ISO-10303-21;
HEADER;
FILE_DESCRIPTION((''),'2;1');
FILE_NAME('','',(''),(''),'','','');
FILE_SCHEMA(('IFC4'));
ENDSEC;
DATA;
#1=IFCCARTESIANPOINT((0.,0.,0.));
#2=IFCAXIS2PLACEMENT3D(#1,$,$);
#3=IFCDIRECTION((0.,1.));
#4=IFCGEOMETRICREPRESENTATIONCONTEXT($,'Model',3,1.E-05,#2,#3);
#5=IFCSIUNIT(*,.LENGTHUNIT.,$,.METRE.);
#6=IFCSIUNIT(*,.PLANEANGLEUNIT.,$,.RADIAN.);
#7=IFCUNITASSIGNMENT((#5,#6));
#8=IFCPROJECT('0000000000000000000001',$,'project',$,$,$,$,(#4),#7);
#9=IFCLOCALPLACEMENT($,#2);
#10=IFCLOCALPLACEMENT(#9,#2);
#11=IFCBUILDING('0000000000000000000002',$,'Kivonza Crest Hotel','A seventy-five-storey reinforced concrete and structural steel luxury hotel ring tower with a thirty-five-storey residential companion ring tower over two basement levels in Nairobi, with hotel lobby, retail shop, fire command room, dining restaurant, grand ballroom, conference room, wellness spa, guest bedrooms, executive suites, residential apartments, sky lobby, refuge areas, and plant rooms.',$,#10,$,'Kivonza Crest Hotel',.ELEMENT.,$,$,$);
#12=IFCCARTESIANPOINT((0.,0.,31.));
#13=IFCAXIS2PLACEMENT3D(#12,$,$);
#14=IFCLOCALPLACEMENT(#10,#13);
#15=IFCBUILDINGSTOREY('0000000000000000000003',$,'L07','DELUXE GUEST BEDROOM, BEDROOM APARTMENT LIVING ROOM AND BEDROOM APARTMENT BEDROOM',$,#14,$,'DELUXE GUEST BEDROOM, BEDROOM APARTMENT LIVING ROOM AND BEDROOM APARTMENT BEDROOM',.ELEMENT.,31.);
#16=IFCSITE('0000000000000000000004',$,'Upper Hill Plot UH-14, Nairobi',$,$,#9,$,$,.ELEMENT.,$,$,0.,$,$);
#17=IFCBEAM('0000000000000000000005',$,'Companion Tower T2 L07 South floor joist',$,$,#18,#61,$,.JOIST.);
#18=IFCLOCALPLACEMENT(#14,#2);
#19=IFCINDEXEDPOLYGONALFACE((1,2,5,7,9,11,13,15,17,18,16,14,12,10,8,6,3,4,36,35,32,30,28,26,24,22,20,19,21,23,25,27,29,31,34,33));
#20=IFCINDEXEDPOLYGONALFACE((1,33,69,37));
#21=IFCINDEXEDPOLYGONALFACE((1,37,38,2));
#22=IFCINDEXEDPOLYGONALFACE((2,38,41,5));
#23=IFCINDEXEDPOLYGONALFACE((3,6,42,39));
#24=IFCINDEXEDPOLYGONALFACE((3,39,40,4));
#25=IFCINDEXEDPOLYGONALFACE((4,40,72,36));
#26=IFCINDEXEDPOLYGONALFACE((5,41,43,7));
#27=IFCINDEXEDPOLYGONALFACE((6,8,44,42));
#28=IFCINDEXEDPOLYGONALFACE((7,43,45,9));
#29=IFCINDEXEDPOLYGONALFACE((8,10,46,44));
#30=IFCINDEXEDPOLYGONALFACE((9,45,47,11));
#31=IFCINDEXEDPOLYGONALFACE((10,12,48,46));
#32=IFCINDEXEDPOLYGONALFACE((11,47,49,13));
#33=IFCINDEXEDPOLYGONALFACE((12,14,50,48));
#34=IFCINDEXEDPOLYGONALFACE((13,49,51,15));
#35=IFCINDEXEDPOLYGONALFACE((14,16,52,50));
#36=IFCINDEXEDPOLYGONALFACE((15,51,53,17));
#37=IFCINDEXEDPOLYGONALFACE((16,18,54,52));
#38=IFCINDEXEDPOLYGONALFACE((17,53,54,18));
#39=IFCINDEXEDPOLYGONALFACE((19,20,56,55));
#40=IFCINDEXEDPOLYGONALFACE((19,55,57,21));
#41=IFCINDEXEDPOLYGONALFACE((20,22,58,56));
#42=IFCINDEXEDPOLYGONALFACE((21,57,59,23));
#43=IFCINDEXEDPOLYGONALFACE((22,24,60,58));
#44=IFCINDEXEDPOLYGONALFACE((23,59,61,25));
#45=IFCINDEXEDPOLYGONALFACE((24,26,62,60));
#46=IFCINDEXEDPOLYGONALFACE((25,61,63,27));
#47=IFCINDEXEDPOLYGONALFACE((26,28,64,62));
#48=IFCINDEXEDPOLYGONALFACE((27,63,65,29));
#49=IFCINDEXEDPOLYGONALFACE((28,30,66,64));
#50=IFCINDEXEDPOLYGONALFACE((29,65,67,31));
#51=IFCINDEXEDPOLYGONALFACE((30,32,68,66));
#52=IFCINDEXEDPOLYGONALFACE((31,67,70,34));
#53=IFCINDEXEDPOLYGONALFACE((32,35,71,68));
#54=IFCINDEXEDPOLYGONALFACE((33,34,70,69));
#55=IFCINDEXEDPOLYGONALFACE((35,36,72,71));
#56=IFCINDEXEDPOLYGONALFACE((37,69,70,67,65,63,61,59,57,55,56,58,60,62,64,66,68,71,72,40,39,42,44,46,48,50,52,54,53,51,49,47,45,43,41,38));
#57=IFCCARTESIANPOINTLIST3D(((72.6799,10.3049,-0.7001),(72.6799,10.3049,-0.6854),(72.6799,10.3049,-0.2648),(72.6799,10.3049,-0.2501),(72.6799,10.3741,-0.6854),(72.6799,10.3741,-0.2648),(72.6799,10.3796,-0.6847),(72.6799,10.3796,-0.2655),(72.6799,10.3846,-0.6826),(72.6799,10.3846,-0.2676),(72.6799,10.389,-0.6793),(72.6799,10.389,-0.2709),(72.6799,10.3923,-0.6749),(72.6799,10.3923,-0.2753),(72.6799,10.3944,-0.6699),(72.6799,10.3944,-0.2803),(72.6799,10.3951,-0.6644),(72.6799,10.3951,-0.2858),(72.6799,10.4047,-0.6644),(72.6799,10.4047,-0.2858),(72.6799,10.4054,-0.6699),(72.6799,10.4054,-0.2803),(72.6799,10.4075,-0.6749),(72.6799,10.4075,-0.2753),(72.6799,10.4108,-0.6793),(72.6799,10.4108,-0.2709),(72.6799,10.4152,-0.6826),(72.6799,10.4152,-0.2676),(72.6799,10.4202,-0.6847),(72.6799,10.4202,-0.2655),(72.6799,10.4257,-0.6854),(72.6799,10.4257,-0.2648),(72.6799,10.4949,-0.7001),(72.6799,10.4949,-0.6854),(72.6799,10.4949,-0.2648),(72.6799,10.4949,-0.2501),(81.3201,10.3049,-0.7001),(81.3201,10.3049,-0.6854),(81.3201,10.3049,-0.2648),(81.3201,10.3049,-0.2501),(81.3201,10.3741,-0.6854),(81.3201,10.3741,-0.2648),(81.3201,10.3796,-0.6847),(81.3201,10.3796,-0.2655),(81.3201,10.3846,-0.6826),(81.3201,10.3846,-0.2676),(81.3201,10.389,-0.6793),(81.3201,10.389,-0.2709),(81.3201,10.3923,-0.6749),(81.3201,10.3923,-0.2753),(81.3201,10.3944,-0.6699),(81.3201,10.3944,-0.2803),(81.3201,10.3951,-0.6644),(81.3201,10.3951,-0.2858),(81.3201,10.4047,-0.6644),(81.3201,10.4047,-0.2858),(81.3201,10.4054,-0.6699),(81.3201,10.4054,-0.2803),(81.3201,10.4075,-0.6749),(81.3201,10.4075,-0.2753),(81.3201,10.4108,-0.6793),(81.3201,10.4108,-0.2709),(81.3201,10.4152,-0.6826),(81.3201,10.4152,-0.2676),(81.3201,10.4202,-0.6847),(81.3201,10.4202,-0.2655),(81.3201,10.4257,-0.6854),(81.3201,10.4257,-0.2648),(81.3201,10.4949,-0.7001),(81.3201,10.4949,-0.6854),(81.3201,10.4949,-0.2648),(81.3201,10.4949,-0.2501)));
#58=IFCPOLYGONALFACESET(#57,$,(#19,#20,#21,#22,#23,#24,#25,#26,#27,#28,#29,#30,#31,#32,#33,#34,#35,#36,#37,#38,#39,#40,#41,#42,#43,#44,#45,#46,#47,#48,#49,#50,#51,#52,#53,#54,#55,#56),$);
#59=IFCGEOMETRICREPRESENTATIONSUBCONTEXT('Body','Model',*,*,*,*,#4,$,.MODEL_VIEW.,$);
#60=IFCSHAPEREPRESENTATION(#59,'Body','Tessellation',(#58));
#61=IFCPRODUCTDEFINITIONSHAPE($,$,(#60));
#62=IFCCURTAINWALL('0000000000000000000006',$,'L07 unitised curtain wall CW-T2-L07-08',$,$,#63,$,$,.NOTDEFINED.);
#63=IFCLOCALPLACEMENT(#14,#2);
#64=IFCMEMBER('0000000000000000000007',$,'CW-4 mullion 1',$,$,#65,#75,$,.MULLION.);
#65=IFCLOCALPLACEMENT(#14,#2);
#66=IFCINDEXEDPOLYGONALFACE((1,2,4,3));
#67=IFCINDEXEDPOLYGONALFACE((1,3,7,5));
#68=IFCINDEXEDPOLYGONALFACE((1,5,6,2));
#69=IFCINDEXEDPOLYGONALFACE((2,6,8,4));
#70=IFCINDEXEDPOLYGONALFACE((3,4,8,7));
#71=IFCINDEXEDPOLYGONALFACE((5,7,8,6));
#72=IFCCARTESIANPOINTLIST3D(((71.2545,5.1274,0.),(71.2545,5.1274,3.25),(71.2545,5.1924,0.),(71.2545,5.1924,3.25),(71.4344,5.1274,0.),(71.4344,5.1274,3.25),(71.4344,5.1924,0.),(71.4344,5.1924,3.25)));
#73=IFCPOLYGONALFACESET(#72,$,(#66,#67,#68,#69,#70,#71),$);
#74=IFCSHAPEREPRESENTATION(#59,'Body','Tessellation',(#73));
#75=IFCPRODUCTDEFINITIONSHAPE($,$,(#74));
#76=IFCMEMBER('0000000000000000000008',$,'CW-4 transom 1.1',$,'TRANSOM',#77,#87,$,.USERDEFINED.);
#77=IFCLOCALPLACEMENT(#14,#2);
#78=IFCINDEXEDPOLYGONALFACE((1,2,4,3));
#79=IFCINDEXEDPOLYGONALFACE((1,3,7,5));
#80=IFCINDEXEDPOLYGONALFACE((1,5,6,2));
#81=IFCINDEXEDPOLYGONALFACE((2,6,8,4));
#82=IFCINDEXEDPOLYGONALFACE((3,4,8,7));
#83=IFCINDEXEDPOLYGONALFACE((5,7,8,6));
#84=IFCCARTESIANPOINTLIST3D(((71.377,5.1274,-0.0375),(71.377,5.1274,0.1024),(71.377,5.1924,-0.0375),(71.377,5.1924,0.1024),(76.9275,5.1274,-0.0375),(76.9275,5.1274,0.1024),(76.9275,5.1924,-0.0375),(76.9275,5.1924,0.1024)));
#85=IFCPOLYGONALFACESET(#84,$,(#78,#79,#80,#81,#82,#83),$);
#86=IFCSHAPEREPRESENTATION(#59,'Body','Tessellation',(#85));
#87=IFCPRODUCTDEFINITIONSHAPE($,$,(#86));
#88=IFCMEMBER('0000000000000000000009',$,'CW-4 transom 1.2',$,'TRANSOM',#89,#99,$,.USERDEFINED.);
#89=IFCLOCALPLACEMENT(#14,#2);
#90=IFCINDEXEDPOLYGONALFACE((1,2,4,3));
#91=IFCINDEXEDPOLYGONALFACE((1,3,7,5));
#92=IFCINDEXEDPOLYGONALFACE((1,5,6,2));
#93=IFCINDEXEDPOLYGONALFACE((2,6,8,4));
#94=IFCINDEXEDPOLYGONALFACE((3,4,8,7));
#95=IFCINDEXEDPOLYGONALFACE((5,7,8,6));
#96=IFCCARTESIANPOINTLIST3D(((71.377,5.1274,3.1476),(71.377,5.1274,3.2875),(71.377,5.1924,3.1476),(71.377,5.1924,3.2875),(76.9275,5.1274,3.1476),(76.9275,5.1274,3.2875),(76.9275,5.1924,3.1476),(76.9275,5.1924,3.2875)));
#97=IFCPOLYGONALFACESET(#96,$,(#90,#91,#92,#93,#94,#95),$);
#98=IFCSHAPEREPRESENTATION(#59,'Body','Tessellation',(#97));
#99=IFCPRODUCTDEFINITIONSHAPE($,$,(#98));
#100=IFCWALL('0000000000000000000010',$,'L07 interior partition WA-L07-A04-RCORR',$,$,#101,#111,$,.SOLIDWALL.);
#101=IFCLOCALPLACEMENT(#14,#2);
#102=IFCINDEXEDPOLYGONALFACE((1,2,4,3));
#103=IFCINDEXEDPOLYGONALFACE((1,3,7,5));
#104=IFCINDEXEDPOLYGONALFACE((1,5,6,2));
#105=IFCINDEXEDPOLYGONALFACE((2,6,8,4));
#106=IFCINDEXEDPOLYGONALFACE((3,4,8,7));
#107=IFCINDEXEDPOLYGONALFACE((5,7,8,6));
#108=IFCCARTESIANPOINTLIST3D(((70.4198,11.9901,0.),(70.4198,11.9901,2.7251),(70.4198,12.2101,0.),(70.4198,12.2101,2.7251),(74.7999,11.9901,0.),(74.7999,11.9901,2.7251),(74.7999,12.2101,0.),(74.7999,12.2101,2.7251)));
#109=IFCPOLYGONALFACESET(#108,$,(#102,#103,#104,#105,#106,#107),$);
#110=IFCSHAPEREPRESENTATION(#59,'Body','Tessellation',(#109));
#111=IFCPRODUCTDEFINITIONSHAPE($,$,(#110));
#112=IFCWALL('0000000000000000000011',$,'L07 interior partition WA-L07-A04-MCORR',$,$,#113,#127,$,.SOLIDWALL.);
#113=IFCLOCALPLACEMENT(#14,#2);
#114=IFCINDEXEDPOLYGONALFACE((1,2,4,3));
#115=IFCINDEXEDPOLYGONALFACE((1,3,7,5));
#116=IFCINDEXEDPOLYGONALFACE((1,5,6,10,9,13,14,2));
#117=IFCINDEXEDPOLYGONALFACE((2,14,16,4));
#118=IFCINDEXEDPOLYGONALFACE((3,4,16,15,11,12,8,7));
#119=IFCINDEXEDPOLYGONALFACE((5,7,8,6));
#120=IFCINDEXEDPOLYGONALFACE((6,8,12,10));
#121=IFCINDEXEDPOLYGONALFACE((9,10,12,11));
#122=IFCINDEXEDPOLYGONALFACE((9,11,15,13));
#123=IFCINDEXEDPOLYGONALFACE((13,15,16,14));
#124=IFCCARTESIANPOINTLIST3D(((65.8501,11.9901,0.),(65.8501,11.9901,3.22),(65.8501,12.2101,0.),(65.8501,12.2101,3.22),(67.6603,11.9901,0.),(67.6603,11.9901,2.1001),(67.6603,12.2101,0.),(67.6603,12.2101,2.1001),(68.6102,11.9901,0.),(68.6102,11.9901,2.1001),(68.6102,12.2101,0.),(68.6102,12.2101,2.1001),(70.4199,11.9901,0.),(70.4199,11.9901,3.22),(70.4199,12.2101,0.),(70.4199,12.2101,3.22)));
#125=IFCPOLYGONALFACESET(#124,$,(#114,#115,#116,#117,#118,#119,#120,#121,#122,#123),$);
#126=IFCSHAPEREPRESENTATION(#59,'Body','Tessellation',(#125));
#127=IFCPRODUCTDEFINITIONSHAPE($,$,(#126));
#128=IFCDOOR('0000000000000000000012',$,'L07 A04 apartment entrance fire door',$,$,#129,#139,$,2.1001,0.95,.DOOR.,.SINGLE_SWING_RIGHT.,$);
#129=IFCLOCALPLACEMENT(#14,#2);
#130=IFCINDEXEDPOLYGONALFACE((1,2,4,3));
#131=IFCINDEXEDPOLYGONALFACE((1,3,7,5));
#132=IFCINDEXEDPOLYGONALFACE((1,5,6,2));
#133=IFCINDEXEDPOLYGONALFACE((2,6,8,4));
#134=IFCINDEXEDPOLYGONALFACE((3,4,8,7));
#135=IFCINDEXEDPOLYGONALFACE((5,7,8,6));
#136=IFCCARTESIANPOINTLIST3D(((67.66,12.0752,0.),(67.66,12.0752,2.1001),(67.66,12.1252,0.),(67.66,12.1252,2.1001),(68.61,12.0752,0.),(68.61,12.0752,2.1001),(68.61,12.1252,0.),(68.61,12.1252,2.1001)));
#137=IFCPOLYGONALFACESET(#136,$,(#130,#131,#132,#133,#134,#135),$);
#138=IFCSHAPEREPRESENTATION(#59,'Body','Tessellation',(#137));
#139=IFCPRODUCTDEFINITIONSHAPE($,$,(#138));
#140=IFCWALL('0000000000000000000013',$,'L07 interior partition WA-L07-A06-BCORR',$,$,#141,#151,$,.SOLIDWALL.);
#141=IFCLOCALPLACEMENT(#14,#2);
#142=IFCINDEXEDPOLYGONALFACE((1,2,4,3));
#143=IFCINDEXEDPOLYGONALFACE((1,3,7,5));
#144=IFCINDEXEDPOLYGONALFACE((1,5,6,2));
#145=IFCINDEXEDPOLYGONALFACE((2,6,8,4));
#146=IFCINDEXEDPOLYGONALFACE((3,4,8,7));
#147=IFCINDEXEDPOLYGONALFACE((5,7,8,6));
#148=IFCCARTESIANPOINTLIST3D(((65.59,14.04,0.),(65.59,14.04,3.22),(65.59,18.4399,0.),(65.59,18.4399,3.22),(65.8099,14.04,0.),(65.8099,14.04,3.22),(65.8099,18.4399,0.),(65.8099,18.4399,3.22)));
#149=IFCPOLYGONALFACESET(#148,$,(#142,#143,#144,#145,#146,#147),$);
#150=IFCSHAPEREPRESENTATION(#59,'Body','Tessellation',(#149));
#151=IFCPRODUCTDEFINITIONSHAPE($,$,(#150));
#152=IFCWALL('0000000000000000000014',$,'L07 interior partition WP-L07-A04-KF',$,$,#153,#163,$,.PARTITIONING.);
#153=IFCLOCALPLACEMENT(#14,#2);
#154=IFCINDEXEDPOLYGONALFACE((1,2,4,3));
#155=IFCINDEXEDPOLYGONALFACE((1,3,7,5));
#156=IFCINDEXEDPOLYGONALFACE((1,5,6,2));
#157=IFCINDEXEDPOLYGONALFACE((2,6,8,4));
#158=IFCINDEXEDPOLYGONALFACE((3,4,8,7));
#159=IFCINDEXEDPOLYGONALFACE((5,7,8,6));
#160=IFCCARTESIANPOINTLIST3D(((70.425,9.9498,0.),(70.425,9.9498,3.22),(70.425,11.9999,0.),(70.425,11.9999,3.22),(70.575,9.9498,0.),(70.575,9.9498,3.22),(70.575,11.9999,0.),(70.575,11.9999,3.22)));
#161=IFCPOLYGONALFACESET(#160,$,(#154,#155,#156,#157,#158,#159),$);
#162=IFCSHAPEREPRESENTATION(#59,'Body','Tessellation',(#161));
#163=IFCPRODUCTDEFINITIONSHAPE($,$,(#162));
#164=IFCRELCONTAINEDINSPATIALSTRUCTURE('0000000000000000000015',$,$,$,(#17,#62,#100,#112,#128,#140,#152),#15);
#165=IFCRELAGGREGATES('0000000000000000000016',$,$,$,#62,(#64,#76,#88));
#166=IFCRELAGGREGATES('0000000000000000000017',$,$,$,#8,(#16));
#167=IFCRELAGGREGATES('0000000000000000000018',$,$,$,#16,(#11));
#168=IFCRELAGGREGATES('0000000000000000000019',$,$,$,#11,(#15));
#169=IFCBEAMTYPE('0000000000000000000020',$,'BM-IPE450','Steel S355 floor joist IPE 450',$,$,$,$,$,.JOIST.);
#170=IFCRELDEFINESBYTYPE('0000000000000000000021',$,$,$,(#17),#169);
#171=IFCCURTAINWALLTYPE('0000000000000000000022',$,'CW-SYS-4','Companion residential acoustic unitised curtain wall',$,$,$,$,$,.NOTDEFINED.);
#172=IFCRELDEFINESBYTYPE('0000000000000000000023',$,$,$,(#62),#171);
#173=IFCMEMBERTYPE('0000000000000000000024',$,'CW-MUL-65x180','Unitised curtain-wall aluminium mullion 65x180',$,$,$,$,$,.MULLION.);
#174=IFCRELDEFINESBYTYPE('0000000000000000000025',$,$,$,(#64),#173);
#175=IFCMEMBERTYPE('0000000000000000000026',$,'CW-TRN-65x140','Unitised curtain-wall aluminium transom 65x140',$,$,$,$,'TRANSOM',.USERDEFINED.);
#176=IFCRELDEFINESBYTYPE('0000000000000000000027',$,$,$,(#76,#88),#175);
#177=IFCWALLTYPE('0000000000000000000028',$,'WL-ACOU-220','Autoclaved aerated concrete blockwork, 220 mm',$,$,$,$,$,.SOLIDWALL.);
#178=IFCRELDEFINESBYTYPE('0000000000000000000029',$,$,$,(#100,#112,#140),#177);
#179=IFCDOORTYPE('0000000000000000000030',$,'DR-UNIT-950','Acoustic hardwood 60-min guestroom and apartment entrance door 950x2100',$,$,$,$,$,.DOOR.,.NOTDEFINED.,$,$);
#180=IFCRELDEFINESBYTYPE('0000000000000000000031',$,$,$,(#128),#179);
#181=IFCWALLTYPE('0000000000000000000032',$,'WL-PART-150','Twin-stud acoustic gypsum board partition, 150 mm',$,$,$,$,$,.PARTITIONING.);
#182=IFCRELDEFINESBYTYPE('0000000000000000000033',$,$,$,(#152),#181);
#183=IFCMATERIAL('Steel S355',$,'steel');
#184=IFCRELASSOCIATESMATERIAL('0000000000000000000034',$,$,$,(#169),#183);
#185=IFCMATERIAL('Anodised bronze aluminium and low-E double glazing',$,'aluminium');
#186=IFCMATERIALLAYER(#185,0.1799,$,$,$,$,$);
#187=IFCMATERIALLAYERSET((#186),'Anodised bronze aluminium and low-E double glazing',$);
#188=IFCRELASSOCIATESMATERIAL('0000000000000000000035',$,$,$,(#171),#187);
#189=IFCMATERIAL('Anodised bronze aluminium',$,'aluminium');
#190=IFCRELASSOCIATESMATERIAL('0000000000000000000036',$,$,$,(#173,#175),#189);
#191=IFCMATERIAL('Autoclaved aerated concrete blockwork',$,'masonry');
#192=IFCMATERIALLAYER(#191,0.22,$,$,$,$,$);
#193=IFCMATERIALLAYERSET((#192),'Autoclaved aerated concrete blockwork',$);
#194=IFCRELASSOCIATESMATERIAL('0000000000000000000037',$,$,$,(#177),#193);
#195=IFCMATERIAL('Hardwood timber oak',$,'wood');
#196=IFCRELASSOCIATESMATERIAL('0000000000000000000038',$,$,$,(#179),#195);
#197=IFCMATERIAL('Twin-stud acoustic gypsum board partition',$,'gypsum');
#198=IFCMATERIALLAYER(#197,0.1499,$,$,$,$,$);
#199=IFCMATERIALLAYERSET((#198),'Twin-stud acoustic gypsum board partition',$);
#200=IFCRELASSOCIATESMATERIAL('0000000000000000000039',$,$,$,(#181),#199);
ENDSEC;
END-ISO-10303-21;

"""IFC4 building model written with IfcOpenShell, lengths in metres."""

from ifc_helpers import new_model, si_unit, direction, frame, frame_2d, origin, origin_2d, place, context, subcontext, project, spatial, rectangle, i_section, extrude, material, layer, layer_set, material_profile, profile_set, type_object, element, fill, aggregate, save


model = new_model("IFC4")

# Units and contexts
model_context = context("Model", 3, precision=1e-05, world=origin(), true_north=direction((0.0, 1.0)))
body_context = subcontext(model_context, "Body", "Model", "MODEL_VIEW")
ifc_project = project(units=[si_unit("LENGTHUNIT", "METRE"), si_unit("PLANEANGLEUNIT", "RADIAN")], contexts=[model_context])

# Site, building, storey
site_placement = place(None, origin())
site = spatial("IfcSite", under=ifc_project, at=site_placement, Name="Upper Hill Plot UH-14, Nairobi", CompositionType="ELEMENT", RefElevation=0.0)
building_placement = place(site_placement, origin())
building = spatial("IfcBuilding", under=site, at=building_placement, Name="Kivonza Crest Hotel", Description="A seventy-five-storey reinforced concrete and structural steel luxury hotel ring tower with a thirty-five-storey residential companion ring tower over two basement levels in Nairobi, with hotel lobby, retail shop, fire command room, dining restaurant, grand ballroom, conference room, wellness spa, guest bedrooms, executive suites, residential apartments, sky lobby, refuge areas, and plant rooms.", LongName="Kivonza Crest Hotel", CompositionType="ELEMENT")
storey_placement = place(building_placement, frame((0.0, 0.0, 31.0)))
storey = spatial("IfcBuildingStorey", under=building, at=storey_placement, Name="L07", Description="DELUXE GUEST BEDROOM, BEDROOM APARTMENT LIVING ROOM AND BEDROOM APARTMENT BEDROOM", LongName="DELUXE GUEST BEDROOM, BEDROOM APARTMENT LIVING ROOM AND BEDROOM APARTMENT BEDROOM", CompositionType="ELEMENT", Elevation=31.0)

# Beam
ifc_material_1 = material(Name="Steel S355", Category="steel")
ifc_material_profile_1 = material_profile(ifc_material_1, i_section(OverallWidth=0.1899, OverallDepth=0.45, WebThickness=0.0095, FlangeThickness=0.0146, FilletRadius=0.021, at=origin_2d()), Name="IPE 450")
ifc_profile_set_1 = profile_set([ifc_material_profile_1], Name="Steel S355")
beam_type_1 = type_object("IfcBeamType", Name="BM-IPE450", Description="Steel S355 floor joist IPE 450", PredefinedType="JOIST", material=ifc_profile_set_1)
beam_1_placement = place(storey_placement, frame((72.6799, 10.3999, -0.4751), z_axis=(1.0, 0.0, 0.0), x_axis=(0.0, 1.0, 0.0)))
element("IfcBeam", 1, at=beam_1_placement, inside=storey, type_object=beam_type_1, Name="Companion Tower T2 L07 South floor joist", PredefinedType="JOIST", context=body_context, shape_type="SweptSolid", body=[
    extrude(i_section(OverallWidth=0.1899, OverallDepth=0.45, WebThickness=0.0095, FlangeThickness=0.0146, FilletRadius=0.021, at=origin_2d()), origin(), (0.0, 0.0, 1.0), 8.6401),
])

# Curtain wall, members
ifc_material_2 = material(Name="Anodised bronze aluminium and low-E double glazing", Category="aluminium")
ifc_layer_1 = layer(ifc_material_2, 0.1799)
ifc_layer_set_1 = layer_set([ifc_layer_1], Name="Anodised bronze aluminium and low-E double glazing")
curtain_wall_type = type_object("IfcCurtainWallType", Name="CW-SYS-4", Description="Companion residential acoustic unitised curtain wall", PredefinedType="NOTDEFINED", material=ifc_layer_set_1)
curtain_wall_placement = place(storey_placement, origin())
curtain_wall = element("IfcCurtainWall", 2, at=curtain_wall_placement, inside=storey, type_object=curtain_wall_type, Name="L07 unitised curtain wall CW-T2-L07-08", PredefinedType="NOTDEFINED")
ifc_material_3 = material(Name="Anodised bronze aluminium", Category="aluminium")
ifc_material_profile_2 = material_profile(ifc_material_3, rectangle(XDim=0.0649, YDim=0.1799, at=origin_2d()), Name="CW-M 65x180")
ifc_profile_set_2 = profile_set([ifc_material_profile_2], Name="Anodised bronze aluminium")
member_type_1 = type_object("IfcMemberType", Name="CW-MUL-65x180", Description="Unitised curtain-wall aluminium mullion 65x180", PredefinedType="MULLION", material=ifc_profile_set_2)
member_1_placement = place(storey_placement, frame((71.3445, 5.1599, 0.0), z_axis=(0.0, 0.0, 1.0), x_axis=(0.0, 1.0, 0.0)))
member_1 = element("IfcMember", 3, at=member_1_placement, type_object=member_type_1, Name="CW-4 mullion 1", PredefinedType="MULLION", context=body_context, shape_type="SweptSolid", body=[
    extrude(rectangle(XDim=0.0649, YDim=0.1799, at=origin_2d()), origin(), (0.0, 0.0, 1.0), 3.25),
])
ifc_material_profile_3 = material_profile(ifc_material_3, rectangle(XDim=0.0649, YDim=0.1399, at=origin_2d()), Name="CW-T 65x140")
ifc_profile_set_3 = profile_set([ifc_material_profile_3], Name="Anodised bronze aluminium")
member_type_2 = type_object("IfcMemberType", Name="CW-TRN-65x140", Description="Unitised curtain-wall aluminium transom 65x140", ElementType="TRANSOM", PredefinedType="USERDEFINED", material=ifc_profile_set_3)
member_2_placement = place(storey_placement, frame((71.377, 5.1599, 0.0325), z_axis=(1.0, 0.0, 0.0), x_axis=(0.0, 1.0, 0.0)))
member_2 = element("IfcMember", 4, at=member_2_placement, type_object=member_type_2, Name="CW-4 transom 1.1", ObjectType="TRANSOM", PredefinedType="USERDEFINED", context=body_context, shape_type="SweptSolid", body=[
    extrude(rectangle(XDim=0.0649, YDim=0.1399, at=origin_2d()), origin(), (0.0, 0.0, 1.0), 5.5505),
])
member_3_placement = place(storey_placement, frame((71.377, 5.1599, 3.2175), z_axis=(1.0, 0.0, 0.0), x_axis=(0.0, 1.0, 0.0)))
member_3 = element("IfcMember", 5, at=member_3_placement, type_object=member_type_2, Name="CW-4 transom 1.2", ObjectType="TRANSOM", PredefinedType="USERDEFINED", context=body_context, shape_type="SweptSolid", body=[
    extrude(rectangle(XDim=0.0649, YDim=0.1399, at=origin_2d()), origin(), (0.0, 0.0, 1.0), 5.5505),
])
aggregate(curtain_wall, [member_1, member_2, member_3])

# Wall
ifc_material_4 = material(Name="Autoclaved aerated concrete blockwork", Category="masonry")
ifc_layer_2 = layer(ifc_material_4, 0.22)
ifc_layer_set_2 = layer_set([ifc_layer_2], Name="Autoclaved aerated concrete blockwork")
wall_type_1 = type_object("IfcWallType", Name="WL-ACOU-220", Description="Autoclaved aerated concrete blockwork, 220 mm", PredefinedType="SOLIDWALL", material=ifc_layer_set_2)
wall_1_placement = place(storey_placement, frame((70.4199, 12.1001, 0.0), z_axis=(0.0, 0.0, 1.0), x_axis=(1.0, 0.0, 0.0)))
element("IfcWall", 6, at=wall_1_placement, inside=storey, type_object=wall_type_1, Name="L07 interior partition WA-L07-A04-RCORR", PredefinedType="SOLIDWALL", context=body_context, shape_type="SweptSolid", body=[
    extrude(rectangle(XDim=4.3801, YDim=0.22, at=frame_2d((2.1899, 0.0))), origin(), (0.0, 0.0, 1.0), 2.7251),
])

# Wall, opening, door
wall_2_placement = place(storey_placement, frame((65.8501, 12.1001, 0.0), z_axis=(0.0, 0.0, 1.0), x_axis=(1.0, 0.0, 0.0)))
wall_2 = element("IfcWall", 7, at=wall_2_placement, inside=storey, type_object=wall_type_1, Name="L07 interior partition WA-L07-A04-MCORR", PredefinedType="SOLIDWALL", context=body_context, shape_type="SweptSolid", body=[
    extrude(rectangle(XDim=4.5698, YDim=0.22, at=frame_2d((2.2849, 0.0))), origin(), (0.0, 0.0, 1.0), 3.22),
])
opening_1_placement = place(wall_2_placement, frame((1.8101, 0.0, 0.0)))
opening_1 = element("IfcOpeningElement", 8, at=opening_1_placement, cuts=wall_2, PredefinedType="OPENING", context=body_context, shape_type="SweptSolid", body=[
    extrude(rectangle(XDim=0.95, YDim=2.1001, at=frame_2d((0.4751, 1.05))), frame((0.0, 0.1201, 0.0), z_axis=(0.0, -1.0, 0.0), x_axis=(1.0, 0.0, 0.0)), (0.0, 0.0, 1.0), 0.24),
])
ifc_material_5 = material(Name="Hardwood timber oak", Category="wood")
door_type_1 = type_object("IfcDoorType", Name="DR-UNIT-950", Description="Acoustic hardwood 60-min guestroom and apartment entrance door 950x2100", OperationType="NOTDEFINED", PredefinedType="DOOR", material=ifc_material_5)
door_1_placement = place(opening_1_placement, frame((0.95, 0.0, 0.0), z_axis=(0.0, 0.0, 1.0), x_axis=(-1.0, 0.0, 0.0)))
door_1 = element("IfcDoor", 9, at=door_1_placement, inside=storey, type_object=door_type_1, Name="L07 A04 apartment entrance fire door", OperationType="SINGLE_SWING_RIGHT", OverallHeight=2.1001, OverallWidth=0.95, PredefinedType="DOOR", context=body_context, shape_type="SweptSolid", body=[
    extrude(rectangle(XDim=0.95, YDim=2.1001, at=frame_2d((0.4751, 1.05))), frame((0.0, 0.0249, 0.0), z_axis=(0.0, -1.0, 0.0), x_axis=(1.0, 0.0, 0.0)), (0.0, 0.0, 1.0), 0.05),
])
fill(opening_1, door_1)

# Walls
wall_3_placement = place(storey_placement, frame((65.7, 14.04, 0.0), z_axis=(0.0, 0.0, 1.0), x_axis=(0.0, 1.0, 0.0)))
element("IfcWall", 10, at=wall_3_placement, inside=storey, type_object=wall_type_1, Name="L07 interior partition WA-L07-A06-BCORR", PredefinedType="SOLIDWALL", context=body_context, shape_type="SweptSolid", body=[
    extrude(rectangle(XDim=4.3999, YDim=0.22, at=frame_2d((2.2, 0.0))), origin(), (0.0, 0.0, 1.0), 3.22),
])
ifc_material_6 = material(Name="Twin-stud acoustic gypsum board partition", Category="gypsum")
ifc_layer_3 = layer(ifc_material_6, 0.1499)
ifc_layer_set_3 = layer_set([ifc_layer_3], Name="Twin-stud acoustic gypsum board partition")
wall_type_2 = type_object("IfcWallType", Name="WL-PART-150", Description="Twin-stud acoustic gypsum board partition, 150 mm", PredefinedType="PARTITIONING", material=ifc_layer_set_3)
wall_4_placement = place(storey_placement, frame((70.5, 9.95, 0.0), z_axis=(0.0, 0.0, 1.0), x_axis=(0.0, 1.0, 0.0)))
element("IfcWall", 11, at=wall_4_placement, inside=storey, type_object=wall_type_2, Name="L07 interior partition WP-L07-A04-KF", PredefinedType="PARTITIONING", context=body_context, shape_type="SweptSolid", body=[
    extrude(rectangle(XDim=2.05, YDim=0.1499, at=frame_2d((1.0249, 0.0))), origin(), (0.0, 0.0, 1.0), 3.22),
])

save(model, "model.ifc")
